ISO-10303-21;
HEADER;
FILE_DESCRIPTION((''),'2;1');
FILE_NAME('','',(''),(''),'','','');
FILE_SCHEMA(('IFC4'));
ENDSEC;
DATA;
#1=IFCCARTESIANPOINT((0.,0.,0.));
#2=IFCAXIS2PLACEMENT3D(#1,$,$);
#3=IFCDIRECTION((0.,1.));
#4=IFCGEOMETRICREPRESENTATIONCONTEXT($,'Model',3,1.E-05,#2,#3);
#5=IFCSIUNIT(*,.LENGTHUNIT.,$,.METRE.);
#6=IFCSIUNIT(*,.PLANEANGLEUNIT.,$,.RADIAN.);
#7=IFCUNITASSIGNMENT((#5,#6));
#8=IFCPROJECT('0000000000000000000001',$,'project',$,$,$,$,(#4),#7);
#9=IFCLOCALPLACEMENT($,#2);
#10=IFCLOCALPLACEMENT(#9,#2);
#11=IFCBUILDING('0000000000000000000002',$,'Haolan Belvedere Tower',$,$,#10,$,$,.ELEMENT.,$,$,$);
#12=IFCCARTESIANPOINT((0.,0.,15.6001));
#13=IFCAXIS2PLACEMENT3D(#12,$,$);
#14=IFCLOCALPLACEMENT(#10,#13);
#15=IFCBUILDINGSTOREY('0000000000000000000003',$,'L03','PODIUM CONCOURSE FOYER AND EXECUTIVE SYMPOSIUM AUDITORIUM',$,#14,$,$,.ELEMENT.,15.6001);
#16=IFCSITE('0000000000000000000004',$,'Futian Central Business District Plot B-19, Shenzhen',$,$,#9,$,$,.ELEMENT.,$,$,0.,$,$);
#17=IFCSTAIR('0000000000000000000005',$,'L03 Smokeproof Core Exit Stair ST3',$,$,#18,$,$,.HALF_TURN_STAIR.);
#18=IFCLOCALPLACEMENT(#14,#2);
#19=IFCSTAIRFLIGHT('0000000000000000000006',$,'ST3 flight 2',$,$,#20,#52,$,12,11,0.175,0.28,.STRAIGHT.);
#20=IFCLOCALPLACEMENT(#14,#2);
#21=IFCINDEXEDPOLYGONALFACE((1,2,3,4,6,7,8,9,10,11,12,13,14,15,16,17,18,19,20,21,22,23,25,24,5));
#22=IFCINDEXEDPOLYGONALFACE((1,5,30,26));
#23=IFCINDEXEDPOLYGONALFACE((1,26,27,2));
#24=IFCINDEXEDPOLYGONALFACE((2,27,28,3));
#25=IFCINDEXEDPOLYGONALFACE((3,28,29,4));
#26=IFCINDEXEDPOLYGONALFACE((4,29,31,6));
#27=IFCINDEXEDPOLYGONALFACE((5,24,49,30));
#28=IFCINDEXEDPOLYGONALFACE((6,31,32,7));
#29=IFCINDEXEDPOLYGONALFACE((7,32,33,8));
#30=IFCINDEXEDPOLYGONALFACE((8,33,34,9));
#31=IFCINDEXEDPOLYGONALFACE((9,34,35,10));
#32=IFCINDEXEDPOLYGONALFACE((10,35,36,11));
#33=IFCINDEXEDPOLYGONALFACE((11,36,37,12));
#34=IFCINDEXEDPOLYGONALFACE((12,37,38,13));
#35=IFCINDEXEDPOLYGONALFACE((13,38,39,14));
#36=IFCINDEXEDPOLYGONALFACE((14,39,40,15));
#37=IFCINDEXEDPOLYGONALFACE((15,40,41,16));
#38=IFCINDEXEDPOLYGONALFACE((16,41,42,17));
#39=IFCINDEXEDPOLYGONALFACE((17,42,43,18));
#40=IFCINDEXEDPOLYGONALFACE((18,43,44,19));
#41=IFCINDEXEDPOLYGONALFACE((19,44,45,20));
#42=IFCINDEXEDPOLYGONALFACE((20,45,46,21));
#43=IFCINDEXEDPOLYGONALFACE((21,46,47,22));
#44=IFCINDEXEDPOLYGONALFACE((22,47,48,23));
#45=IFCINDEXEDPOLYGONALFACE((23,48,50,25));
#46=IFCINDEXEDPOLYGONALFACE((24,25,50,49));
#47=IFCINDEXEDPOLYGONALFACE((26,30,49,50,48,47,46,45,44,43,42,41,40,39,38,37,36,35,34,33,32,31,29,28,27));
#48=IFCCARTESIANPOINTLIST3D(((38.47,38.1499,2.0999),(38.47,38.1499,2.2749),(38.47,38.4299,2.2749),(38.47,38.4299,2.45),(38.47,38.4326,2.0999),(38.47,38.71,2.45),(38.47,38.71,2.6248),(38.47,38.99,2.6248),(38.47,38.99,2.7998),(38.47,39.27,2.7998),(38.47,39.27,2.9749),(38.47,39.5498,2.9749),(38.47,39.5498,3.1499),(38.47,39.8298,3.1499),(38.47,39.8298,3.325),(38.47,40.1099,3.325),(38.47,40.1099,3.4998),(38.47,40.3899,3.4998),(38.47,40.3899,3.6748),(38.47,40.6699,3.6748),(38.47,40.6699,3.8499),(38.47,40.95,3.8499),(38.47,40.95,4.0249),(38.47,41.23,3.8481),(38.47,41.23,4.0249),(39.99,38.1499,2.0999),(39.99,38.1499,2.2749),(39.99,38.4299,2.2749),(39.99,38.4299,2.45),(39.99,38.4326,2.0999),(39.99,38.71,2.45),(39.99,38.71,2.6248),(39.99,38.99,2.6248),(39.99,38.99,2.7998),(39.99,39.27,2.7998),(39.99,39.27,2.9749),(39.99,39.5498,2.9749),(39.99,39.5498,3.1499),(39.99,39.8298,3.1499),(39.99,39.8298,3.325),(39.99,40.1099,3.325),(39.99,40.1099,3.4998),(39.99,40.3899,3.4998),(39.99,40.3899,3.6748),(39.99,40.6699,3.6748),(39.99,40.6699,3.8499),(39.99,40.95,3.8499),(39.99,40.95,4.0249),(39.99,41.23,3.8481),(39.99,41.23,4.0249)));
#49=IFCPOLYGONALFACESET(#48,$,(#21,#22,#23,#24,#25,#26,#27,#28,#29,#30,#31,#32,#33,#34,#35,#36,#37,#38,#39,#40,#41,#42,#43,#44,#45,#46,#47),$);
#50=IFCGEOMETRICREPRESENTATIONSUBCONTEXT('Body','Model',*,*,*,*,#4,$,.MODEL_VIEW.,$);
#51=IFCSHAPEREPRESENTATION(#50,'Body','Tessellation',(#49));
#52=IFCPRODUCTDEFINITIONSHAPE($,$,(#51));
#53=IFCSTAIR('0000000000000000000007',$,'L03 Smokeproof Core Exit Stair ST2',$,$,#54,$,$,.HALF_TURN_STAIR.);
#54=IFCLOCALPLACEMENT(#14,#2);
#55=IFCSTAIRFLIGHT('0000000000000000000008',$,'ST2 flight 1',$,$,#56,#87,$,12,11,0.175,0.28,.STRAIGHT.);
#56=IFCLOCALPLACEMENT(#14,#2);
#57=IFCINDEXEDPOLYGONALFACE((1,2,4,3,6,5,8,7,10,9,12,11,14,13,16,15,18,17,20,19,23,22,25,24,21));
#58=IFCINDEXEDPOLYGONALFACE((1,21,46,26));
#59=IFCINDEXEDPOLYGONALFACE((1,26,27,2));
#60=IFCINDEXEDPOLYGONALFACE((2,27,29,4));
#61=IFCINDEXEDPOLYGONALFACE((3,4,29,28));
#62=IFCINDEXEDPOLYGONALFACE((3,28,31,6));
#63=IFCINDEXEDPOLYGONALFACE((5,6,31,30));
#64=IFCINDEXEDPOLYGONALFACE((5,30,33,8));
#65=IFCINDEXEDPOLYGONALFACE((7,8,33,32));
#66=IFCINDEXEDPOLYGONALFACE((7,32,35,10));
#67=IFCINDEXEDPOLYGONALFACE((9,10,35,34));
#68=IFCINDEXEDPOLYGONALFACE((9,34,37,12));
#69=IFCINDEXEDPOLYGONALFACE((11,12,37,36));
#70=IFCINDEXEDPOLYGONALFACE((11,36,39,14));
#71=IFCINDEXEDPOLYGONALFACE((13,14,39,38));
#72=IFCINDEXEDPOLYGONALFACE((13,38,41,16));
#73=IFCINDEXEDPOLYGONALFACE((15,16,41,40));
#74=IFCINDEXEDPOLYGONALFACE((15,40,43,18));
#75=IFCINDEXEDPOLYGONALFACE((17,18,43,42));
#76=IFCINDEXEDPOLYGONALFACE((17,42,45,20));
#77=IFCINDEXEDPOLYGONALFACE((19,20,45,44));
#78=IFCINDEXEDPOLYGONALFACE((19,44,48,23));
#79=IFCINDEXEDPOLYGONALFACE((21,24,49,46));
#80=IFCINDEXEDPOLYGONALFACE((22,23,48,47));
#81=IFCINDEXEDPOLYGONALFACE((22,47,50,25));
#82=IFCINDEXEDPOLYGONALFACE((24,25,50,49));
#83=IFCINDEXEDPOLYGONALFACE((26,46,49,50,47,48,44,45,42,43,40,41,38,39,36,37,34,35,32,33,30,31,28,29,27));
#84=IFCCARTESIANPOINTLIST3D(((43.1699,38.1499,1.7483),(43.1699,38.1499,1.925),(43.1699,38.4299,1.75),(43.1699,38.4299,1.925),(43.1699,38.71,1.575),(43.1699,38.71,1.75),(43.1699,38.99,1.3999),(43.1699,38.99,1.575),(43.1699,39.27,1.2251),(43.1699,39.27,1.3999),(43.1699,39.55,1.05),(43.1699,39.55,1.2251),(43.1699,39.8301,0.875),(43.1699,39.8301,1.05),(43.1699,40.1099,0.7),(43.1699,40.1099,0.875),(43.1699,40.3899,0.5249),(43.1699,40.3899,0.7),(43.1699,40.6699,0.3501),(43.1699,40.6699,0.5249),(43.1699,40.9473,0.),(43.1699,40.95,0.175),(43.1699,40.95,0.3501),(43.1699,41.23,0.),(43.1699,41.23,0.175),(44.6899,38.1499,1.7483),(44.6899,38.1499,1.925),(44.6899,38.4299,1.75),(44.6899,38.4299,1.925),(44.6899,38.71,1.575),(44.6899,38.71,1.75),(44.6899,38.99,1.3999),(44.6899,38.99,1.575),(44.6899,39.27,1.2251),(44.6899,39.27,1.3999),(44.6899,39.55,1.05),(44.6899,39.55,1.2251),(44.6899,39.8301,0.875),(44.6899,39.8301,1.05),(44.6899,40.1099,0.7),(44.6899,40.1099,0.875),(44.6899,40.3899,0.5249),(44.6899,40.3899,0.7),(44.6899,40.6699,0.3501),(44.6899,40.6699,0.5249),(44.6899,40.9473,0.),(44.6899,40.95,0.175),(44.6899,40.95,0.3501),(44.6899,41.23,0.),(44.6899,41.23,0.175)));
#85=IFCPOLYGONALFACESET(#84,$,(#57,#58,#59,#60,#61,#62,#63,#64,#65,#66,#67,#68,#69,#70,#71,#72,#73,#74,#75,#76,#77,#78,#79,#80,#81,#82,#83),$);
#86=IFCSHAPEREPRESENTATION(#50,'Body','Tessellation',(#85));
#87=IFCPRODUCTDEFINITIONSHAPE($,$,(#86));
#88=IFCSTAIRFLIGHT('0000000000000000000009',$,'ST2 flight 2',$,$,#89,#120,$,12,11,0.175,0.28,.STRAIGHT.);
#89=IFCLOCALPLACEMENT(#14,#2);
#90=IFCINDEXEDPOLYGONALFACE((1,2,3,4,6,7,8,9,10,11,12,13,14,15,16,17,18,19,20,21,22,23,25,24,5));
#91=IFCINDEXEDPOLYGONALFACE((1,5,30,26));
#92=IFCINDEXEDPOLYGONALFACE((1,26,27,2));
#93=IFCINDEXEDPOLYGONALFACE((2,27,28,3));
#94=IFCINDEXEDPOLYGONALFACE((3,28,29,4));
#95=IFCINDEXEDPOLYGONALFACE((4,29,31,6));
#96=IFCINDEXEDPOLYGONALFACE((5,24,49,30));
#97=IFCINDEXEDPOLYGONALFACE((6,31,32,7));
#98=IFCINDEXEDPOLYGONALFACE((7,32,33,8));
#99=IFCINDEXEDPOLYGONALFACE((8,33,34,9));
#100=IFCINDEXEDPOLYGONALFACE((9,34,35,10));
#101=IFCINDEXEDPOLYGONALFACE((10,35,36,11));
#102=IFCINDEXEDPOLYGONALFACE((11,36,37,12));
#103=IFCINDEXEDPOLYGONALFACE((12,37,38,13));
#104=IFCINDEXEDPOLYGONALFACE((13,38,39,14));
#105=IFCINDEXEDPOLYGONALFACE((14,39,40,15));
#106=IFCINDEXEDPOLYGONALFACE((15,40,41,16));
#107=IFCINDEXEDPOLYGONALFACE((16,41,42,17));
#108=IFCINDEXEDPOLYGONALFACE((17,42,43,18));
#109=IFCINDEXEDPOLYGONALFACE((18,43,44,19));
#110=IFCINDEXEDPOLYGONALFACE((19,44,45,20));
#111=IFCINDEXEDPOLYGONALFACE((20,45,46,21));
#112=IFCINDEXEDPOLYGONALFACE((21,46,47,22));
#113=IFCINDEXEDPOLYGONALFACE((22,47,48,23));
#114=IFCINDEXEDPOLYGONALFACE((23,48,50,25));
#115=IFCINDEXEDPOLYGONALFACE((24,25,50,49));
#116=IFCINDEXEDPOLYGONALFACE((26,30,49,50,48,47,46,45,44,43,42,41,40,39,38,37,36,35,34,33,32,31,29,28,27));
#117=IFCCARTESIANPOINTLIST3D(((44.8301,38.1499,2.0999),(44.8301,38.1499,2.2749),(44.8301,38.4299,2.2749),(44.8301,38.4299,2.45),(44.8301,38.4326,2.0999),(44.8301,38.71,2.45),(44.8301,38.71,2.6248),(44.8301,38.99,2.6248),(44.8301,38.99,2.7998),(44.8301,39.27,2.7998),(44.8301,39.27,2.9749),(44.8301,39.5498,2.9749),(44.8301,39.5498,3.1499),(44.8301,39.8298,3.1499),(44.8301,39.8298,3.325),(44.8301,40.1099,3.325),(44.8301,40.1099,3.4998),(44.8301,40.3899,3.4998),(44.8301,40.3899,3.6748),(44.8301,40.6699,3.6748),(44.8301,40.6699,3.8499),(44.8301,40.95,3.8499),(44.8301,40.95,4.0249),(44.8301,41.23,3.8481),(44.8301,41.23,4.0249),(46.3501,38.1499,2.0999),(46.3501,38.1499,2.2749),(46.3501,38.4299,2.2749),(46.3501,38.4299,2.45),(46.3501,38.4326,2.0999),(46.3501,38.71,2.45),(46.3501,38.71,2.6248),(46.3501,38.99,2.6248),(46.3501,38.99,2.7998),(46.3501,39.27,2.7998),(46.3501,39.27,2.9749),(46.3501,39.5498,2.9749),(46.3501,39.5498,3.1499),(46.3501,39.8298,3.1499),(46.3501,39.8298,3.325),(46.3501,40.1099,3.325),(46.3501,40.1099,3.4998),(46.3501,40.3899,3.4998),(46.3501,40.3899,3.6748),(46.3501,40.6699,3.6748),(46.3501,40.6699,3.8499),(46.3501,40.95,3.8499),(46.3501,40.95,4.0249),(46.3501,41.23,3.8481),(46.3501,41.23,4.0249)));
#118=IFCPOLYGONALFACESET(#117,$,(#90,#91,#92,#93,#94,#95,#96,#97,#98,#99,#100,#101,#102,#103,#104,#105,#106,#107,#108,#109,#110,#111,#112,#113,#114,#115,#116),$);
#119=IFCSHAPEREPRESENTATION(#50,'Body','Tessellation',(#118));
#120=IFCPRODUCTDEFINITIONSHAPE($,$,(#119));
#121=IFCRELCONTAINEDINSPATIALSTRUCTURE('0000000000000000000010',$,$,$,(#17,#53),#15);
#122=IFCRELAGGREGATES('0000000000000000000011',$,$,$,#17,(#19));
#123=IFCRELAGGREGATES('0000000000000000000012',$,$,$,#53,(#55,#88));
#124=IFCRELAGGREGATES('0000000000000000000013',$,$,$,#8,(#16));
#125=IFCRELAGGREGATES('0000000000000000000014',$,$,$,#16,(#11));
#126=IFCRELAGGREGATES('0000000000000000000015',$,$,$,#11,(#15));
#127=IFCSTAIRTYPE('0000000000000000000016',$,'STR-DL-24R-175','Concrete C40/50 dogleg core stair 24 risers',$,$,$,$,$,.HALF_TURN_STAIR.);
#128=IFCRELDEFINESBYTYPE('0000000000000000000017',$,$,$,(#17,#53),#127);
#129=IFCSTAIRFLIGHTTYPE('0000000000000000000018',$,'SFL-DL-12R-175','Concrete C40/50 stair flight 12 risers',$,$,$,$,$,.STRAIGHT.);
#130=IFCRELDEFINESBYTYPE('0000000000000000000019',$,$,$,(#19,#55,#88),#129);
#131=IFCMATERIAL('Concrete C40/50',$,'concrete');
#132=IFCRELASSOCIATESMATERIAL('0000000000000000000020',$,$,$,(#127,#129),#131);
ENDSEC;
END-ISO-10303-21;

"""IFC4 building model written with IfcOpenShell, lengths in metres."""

from ifc_helpers import new_model, si_unit, direction, frame, origin, place, context, subcontext, project, spatial, polyline, outline, extrude, material, type_object, element, aggregate, save


model = new_model("IFC4")

# Units and contexts
model_context = context("Model", 3, precision=1e-05, world=origin(), true_north=direction((0.0, 1.0)))
body_context = subcontext(model_context, "Body", "Model", "MODEL_VIEW")
ifc_project = project(units=[si_unit("LENGTHUNIT", "METRE"), si_unit("PLANEANGLEUNIT", "RADIAN")], contexts=[model_context])

# Site, building, storey
site_placement = place(None, origin())
site = spatial("IfcSite", under=ifc_project, at=site_placement, Name="Futian Central Business District Plot B-19, Shenzhen", CompositionType="ELEMENT", RefElevation=0.0)
building_placement = place(site_placement, origin())
building = spatial("IfcBuilding", under=site, at=building_placement, Name="Haolan Belvedere Tower", CompositionType="ELEMENT")
storey_placement = place(building_placement, frame((0.0, 0.0, 15.6001)))
storey = spatial("IfcBuildingStorey", under=building, at=storey_placement, Name="L03", Description="PODIUM CONCOURSE FOYER AND EXECUTIVE SYMPOSIUM AUDITORIUM", CompositionType="ELEMENT", Elevation=15.6001)

# Shared definitions
ifc_material_1 = material(Name="Concrete C40/50", Category="concrete")

# Stairs, stair flights
stair_type = type_object("IfcStairType", Name="STR-DL-24R-175", Description="Concrete C40/50 dogleg core stair 24 risers", PredefinedType="HALF_TURN_STAIR", material=ifc_material_1)
stair_1_placement = place(storey_placement, origin())
stair_1 = element("IfcStair", 1, at=stair_1_placement, inside=storey, type_object=stair_type, Name="L03 Smokeproof Core Exit Stair ST3", PredefinedType="HALF_TURN_STAIR")
stair_flight_type = type_object("IfcStairFlightType", Name="SFL-DL-12R-175", Description="Concrete C40/50 stair flight 12 risers", PredefinedType="STRAIGHT", material=ifc_material_1)
stair_flight_1_placement = place(storey_placement, frame((39.23, 38.1499, 2.0999), z_axis=(0.0, 0.0, 1.0), x_axis=(0.0, 1.0, 0.0)))
stair_flight_1 = element("IfcStairFlight", 2, at=stair_flight_1_placement, type_object=stair_flight_type, Name="ST3 flight 2", NumberOfRisers=12, NumberOfTreads=11, PredefinedType="STRAIGHT", RiserHeight=0.175, TreadLength=0.28, context=body_context, shape_type="SweptSolid", body=[
    extrude(outline(polyline([(0.0, 0.0), (0.0, 0.175), (0.28, 0.175), (0.28, 0.3501), (0.5601, 0.3501), (0.5601, 0.5249), (0.8401, 0.5249), (0.8401, 0.7), (1.1201, 0.7), (1.1201, 0.875), (1.3999, 0.875), (1.3999, 1.05), (1.6799, 1.05), (1.6799, 1.2251), (1.96, 1.2251), (1.96, 1.3999), (2.24, 1.3999), (2.24, 1.575), (2.52, 1.575), (2.52, 1.75), (2.8, 1.75), (2.8, 1.925), (3.0801, 1.925), (3.0801, 2.1001), (3.0801, 1.7483), (0.2827, 0.0), (0.0, 0.0)])), frame((0.0, 0.76, 0.0), z_axis=(0.0, -1.0, 0.0), x_axis=(1.0, 0.0, 0.0)), (0.0, 0.0, 1.0), 1.52),
])
aggregate(stair_1, [stair_flight_1])
stair_2_placement = place(storey_placement, origin())
stair_2 = element("IfcStair", 3, at=stair_2_placement, inside=storey, type_object=stair_type, Name="L03 Smokeproof Core Exit Stair ST2", PredefinedType="HALF_TURN_STAIR")
stair_flight_2_placement = place(storey_placement, frame((43.9299, 41.23, 0.0), z_axis=(0.0, 0.0, 1.0), x_axis=(0.0, -1.0, 0.0)))
stair_flight_2 = element("IfcStairFlight", 4, at=stair_flight_2_placement, type_object=stair_flight_type, Name="ST2 flight 1", NumberOfRisers=12, NumberOfTreads=11, PredefinedType="STRAIGHT", RiserHeight=0.175, TreadLength=0.28, context=body_context, shape_type="SweptSolid", body=[
    extrude(outline(polyline([(0.0, 0.0), (0.0, 0.175), (0.28, 0.175), (0.28, 0.3501), (0.5601, 0.3501), (0.5601, 0.5249), (0.8401, 0.5249), (0.8401, 0.7), (1.1201, 0.7), (1.1201, 0.875), (1.3999, 0.875), (1.3999, 1.05), (1.6799, 1.05), (1.6799, 1.2251), (1.96, 1.2251), (1.96, 1.3999), (2.24, 1.3999), (2.24, 1.575), (2.52, 1.575), (2.52, 1.75), (2.8, 1.75), (2.8, 1.925), (3.0801, 1.925), (3.0801, 2.1001), (3.0801, 1.7483), (0.2827, 0.0), (0.0, 0.0)])), frame((0.0, 0.76, 0.0), z_axis=(0.0, -1.0, 0.0), x_axis=(1.0, 0.0, 0.0)), (0.0, 0.0, 1.0), 1.52),
])
stair_flight_3_placement = place(storey_placement, frame((45.5901, 38.1499, 2.0999), z_axis=(0.0, 0.0, 1.0), x_axis=(0.0, 1.0, 0.0)))
stair_flight_3 = element("IfcStairFlight", 5, at=stair_flight_3_placement, type_object=stair_flight_type, Name="ST2 flight 2", NumberOfRisers=12, NumberOfTreads=11, PredefinedType="STRAIGHT", RiserHeight=0.175, TreadLength=0.28, context=body_context, shape_type="SweptSolid", body=[
    extrude(outline(polyline([(0.0, 0.0), (0.0, 0.175), (0.28, 0.175), (0.28, 0.3501), (0.5601, 0.3501), (0.5601, 0.5249), (0.8401, 0.5249), (0.8401, 0.7), (1.1201, 0.7), (1.1201, 0.875), (1.3999, 0.875), (1.3999, 1.05), (1.6799, 1.05), (1.6799, 1.2251), (1.96, 1.2251), (1.96, 1.3999), (2.24, 1.3999), (2.24, 1.575), (2.52, 1.575), (2.52, 1.75), (2.8, 1.75), (2.8, 1.925), (3.0801, 1.925), (3.0801, 2.1001), (3.0801, 1.7483), (0.2827, 0.0), (0.0, 0.0)])), frame((0.0, 0.76, 0.0), z_axis=(0.0, -1.0, 0.0), x_axis=(1.0, 0.0, 0.0)), (0.0, 0.0, 1.0), 1.52),
])
aggregate(stair_2, [stair_flight_2, stair_flight_3])

save(model, "model.ifc")
